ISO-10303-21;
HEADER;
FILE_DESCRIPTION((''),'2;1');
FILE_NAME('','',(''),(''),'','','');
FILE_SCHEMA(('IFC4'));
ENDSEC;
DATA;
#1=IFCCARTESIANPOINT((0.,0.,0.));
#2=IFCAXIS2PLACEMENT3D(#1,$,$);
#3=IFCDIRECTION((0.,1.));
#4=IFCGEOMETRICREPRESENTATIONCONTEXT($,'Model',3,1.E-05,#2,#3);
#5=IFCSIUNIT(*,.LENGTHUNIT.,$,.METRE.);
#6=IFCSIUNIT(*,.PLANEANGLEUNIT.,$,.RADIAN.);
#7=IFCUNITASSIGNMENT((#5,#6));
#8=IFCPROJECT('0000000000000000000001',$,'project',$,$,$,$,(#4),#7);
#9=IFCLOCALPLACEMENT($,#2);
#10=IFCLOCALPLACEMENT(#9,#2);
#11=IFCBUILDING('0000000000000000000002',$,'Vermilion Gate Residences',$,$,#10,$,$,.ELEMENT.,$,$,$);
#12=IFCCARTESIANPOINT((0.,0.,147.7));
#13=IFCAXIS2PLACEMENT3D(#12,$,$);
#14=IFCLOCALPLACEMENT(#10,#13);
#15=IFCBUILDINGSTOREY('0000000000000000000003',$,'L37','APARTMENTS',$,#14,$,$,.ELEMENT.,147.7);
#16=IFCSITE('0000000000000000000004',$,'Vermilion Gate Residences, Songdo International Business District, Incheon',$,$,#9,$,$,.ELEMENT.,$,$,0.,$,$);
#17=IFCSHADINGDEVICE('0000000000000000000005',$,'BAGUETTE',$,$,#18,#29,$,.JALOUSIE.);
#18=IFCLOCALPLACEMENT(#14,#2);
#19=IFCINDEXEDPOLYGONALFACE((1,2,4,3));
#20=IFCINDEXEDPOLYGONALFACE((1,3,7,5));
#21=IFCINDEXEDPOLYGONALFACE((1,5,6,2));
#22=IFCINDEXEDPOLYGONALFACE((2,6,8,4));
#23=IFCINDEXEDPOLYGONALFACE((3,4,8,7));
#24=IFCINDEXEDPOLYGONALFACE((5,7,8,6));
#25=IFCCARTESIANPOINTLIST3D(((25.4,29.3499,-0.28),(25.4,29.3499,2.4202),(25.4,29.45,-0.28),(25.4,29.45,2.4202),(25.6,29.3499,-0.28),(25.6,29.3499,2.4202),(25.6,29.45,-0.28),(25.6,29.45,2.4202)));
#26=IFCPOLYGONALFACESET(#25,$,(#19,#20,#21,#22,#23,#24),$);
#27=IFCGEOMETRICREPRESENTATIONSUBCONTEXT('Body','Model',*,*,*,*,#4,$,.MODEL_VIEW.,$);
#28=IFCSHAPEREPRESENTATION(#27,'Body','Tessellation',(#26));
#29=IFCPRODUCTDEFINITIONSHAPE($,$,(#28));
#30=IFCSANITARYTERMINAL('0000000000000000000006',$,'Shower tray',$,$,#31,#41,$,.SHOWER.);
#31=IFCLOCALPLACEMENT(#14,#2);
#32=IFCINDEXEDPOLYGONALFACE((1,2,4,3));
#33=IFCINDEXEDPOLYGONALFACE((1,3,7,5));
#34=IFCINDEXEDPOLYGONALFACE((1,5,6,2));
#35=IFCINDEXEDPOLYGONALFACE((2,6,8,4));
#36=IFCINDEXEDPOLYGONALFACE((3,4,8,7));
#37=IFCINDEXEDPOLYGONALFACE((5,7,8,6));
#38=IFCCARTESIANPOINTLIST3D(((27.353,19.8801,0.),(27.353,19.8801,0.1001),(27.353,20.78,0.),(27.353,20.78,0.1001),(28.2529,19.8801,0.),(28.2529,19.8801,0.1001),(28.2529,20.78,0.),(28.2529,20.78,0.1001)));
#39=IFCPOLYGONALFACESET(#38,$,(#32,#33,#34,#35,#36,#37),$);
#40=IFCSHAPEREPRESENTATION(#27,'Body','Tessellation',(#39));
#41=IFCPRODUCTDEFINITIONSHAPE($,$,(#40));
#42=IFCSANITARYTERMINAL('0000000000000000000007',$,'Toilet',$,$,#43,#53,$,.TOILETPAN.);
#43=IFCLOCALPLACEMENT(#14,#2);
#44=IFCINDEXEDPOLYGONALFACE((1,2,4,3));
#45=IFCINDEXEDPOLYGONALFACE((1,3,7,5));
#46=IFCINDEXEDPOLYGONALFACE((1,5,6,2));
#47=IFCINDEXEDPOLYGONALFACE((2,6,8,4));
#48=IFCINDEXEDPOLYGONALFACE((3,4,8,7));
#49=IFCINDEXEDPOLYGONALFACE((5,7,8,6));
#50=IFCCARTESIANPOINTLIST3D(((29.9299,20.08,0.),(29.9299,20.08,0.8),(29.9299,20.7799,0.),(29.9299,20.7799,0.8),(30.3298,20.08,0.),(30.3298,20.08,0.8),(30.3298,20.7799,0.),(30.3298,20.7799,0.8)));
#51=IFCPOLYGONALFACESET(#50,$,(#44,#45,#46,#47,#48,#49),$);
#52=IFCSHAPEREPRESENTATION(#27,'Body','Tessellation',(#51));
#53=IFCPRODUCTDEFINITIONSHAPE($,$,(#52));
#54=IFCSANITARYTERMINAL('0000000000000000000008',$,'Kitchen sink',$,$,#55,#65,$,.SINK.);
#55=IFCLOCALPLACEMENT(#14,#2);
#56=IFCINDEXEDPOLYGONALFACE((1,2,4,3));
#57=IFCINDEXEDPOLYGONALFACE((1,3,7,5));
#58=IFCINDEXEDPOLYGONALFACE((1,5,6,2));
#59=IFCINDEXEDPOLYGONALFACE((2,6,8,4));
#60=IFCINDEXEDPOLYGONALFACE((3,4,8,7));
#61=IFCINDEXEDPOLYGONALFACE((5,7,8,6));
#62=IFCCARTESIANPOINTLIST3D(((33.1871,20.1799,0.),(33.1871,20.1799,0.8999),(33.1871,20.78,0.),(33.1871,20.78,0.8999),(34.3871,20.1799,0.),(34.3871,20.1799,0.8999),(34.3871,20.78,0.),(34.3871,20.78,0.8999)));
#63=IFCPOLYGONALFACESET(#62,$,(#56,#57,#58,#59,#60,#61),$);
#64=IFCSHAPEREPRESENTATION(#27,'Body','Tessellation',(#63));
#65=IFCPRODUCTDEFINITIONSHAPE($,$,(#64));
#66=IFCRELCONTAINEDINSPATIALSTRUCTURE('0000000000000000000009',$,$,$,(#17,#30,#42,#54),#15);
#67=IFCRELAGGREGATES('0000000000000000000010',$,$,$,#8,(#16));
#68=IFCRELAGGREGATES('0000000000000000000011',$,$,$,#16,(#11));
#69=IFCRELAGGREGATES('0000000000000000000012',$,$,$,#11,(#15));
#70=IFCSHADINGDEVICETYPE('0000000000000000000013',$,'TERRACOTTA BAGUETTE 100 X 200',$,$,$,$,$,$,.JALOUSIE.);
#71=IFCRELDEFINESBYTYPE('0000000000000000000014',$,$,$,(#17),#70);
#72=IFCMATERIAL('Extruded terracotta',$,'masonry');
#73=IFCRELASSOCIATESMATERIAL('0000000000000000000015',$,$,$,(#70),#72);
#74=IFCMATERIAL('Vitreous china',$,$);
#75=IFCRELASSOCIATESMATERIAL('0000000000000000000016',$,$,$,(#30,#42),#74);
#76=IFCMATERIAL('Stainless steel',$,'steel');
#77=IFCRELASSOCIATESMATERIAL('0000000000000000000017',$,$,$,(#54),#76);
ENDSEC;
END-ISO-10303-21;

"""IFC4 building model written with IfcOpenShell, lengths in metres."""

from ifc_helpers import new_model, si_unit, direction, frame, origin, origin_2d, place, context, subcontext, project, spatial, rectangle, extrude, material, material_profile, profile_set, type_object, element, save


model = new_model("IFC4")

# Units and contexts
model_context = context("Model", 3, precision=1e-05, world=origin(), true_north=direction((0.0, 1.0)))
body_context = subcontext(model_context, "Body", "Model", "MODEL_VIEW")
ifc_project = project(units=[si_unit("LENGTHUNIT", "METRE"), si_unit("PLANEANGLEUNIT", "RADIAN")], contexts=[model_context])

# Site, building, storey
site_placement = place(None, origin())
site = spatial("IfcSite", under=ifc_project, at=site_placement, Name="Vermilion Gate Residences, Songdo International Business District, Incheon", CompositionType="ELEMENT", RefElevation=0.0)
building_placement = place(site_placement, origin())
building = spatial("IfcBuilding", under=site, at=building_placement, Name="Vermilion Gate Residences", CompositionType="ELEMENT")
storey_placement = place(building_placement, frame((0.0, 0.0, 147.7)))
storey = spatial("IfcBuildingStorey", under=building, at=storey_placement, Name="L37", Description="APARTMENTS", CompositionType="ELEMENT", Elevation=147.7)

# Shading device
ifc_material_1 = material(Name="Extruded terracotta", Category="masonry")
ifc_material_profile_1 = material_profile(ifc_material_1, rectangle(XDim=0.2, YDim=0.1001, at=origin_2d()), Name="BAGUETTE 100 X 200")
ifc_profile_set_1 = profile_set([ifc_material_profile_1], Name="Extruded terracotta")
shading_device_type_1 = type_object("IfcShadingDeviceType", Name="TERRACOTTA BAGUETTE 100 X 200", PredefinedType="JALOUSIE", material=ifc_profile_set_1)
for number, where, z_axis, x_axis, name in (
    (1, (25.5, 29.3999, -0.28), (0.0, 0.0, 1.0), (-1.0, 0.0, 0.0), "BAGUETTE"),
):
    element("IfcShadingDevice", number, at=place(storey_placement, frame(where, z_axis=z_axis, x_axis=x_axis)), inside=storey, type_object=shading_device_type_1, Name=name, PredefinedType="JALOUSIE", context=body_context, shape_type="SweptSolid", body=[
        extrude(rectangle(XDim=0.2, YDim=0.1001, at=origin_2d()), origin(), (0.0, 0.0, 1.0), 2.7002),
    ])

# Sanitary terminals
ifc_material_2 = material(Name="Vitreous china")
sanitary_terminal_1_placement = place(storey_placement, frame((27.803, 20.3301, 0.0), z_axis=(0.0, 0.0, 1.0), x_axis=(1.0, 0.0, 0.0)))
element("IfcSanitaryTerminal", 2, at=sanitary_terminal_1_placement, inside=storey, material=ifc_material_2, Name="Shower tray", PredefinedType="SHOWER", context=body_context, shape_type="SweptSolid", body=[
    extrude(rectangle(XDim=0.8999, YDim=0.8999, at=origin_2d()), origin(), (0.0, 0.0, 1.0), 0.1001),
])
sanitary_terminal_2_placement = place(storey_placement, frame((30.1299, 20.4299, 0.0), z_axis=(0.0, 0.0, 1.0), x_axis=(1.0, 0.0, 0.0)))
element("IfcSanitaryTerminal", 3, at=sanitary_terminal_2_placement, inside=storey, material=ifc_material_2, Name="Toilet", PredefinedType="TOILETPAN", context=body_context, shape_type="SweptSolid", body=[
    extrude(rectangle(XDim=0.3999, YDim=0.7, at=origin_2d()), origin(), (0.0, 0.0, 1.0), 0.8),
])
ifc_material_3 = material(Name="Stainless steel", Category="steel")
sanitary_terminal_3_placement = place(storey_placement, frame((33.7871, 20.48, 0.0), z_axis=(0.0, 0.0, 1.0), x_axis=(1.0, 0.0, 0.0)))
element("IfcSanitaryTerminal", 4, at=sanitary_terminal_3_placement, inside=storey, material=ifc_material_3, Name="Kitchen sink", PredefinedType="SINK", context=body_context, shape_type="SweptSolid", body=[
    extrude(rectangle(XDim=1.2, YDim=0.6001, at=origin_2d()), origin(), (0.0, 0.0, 1.0), 0.8999),
])

save(model, "model.ifc")
